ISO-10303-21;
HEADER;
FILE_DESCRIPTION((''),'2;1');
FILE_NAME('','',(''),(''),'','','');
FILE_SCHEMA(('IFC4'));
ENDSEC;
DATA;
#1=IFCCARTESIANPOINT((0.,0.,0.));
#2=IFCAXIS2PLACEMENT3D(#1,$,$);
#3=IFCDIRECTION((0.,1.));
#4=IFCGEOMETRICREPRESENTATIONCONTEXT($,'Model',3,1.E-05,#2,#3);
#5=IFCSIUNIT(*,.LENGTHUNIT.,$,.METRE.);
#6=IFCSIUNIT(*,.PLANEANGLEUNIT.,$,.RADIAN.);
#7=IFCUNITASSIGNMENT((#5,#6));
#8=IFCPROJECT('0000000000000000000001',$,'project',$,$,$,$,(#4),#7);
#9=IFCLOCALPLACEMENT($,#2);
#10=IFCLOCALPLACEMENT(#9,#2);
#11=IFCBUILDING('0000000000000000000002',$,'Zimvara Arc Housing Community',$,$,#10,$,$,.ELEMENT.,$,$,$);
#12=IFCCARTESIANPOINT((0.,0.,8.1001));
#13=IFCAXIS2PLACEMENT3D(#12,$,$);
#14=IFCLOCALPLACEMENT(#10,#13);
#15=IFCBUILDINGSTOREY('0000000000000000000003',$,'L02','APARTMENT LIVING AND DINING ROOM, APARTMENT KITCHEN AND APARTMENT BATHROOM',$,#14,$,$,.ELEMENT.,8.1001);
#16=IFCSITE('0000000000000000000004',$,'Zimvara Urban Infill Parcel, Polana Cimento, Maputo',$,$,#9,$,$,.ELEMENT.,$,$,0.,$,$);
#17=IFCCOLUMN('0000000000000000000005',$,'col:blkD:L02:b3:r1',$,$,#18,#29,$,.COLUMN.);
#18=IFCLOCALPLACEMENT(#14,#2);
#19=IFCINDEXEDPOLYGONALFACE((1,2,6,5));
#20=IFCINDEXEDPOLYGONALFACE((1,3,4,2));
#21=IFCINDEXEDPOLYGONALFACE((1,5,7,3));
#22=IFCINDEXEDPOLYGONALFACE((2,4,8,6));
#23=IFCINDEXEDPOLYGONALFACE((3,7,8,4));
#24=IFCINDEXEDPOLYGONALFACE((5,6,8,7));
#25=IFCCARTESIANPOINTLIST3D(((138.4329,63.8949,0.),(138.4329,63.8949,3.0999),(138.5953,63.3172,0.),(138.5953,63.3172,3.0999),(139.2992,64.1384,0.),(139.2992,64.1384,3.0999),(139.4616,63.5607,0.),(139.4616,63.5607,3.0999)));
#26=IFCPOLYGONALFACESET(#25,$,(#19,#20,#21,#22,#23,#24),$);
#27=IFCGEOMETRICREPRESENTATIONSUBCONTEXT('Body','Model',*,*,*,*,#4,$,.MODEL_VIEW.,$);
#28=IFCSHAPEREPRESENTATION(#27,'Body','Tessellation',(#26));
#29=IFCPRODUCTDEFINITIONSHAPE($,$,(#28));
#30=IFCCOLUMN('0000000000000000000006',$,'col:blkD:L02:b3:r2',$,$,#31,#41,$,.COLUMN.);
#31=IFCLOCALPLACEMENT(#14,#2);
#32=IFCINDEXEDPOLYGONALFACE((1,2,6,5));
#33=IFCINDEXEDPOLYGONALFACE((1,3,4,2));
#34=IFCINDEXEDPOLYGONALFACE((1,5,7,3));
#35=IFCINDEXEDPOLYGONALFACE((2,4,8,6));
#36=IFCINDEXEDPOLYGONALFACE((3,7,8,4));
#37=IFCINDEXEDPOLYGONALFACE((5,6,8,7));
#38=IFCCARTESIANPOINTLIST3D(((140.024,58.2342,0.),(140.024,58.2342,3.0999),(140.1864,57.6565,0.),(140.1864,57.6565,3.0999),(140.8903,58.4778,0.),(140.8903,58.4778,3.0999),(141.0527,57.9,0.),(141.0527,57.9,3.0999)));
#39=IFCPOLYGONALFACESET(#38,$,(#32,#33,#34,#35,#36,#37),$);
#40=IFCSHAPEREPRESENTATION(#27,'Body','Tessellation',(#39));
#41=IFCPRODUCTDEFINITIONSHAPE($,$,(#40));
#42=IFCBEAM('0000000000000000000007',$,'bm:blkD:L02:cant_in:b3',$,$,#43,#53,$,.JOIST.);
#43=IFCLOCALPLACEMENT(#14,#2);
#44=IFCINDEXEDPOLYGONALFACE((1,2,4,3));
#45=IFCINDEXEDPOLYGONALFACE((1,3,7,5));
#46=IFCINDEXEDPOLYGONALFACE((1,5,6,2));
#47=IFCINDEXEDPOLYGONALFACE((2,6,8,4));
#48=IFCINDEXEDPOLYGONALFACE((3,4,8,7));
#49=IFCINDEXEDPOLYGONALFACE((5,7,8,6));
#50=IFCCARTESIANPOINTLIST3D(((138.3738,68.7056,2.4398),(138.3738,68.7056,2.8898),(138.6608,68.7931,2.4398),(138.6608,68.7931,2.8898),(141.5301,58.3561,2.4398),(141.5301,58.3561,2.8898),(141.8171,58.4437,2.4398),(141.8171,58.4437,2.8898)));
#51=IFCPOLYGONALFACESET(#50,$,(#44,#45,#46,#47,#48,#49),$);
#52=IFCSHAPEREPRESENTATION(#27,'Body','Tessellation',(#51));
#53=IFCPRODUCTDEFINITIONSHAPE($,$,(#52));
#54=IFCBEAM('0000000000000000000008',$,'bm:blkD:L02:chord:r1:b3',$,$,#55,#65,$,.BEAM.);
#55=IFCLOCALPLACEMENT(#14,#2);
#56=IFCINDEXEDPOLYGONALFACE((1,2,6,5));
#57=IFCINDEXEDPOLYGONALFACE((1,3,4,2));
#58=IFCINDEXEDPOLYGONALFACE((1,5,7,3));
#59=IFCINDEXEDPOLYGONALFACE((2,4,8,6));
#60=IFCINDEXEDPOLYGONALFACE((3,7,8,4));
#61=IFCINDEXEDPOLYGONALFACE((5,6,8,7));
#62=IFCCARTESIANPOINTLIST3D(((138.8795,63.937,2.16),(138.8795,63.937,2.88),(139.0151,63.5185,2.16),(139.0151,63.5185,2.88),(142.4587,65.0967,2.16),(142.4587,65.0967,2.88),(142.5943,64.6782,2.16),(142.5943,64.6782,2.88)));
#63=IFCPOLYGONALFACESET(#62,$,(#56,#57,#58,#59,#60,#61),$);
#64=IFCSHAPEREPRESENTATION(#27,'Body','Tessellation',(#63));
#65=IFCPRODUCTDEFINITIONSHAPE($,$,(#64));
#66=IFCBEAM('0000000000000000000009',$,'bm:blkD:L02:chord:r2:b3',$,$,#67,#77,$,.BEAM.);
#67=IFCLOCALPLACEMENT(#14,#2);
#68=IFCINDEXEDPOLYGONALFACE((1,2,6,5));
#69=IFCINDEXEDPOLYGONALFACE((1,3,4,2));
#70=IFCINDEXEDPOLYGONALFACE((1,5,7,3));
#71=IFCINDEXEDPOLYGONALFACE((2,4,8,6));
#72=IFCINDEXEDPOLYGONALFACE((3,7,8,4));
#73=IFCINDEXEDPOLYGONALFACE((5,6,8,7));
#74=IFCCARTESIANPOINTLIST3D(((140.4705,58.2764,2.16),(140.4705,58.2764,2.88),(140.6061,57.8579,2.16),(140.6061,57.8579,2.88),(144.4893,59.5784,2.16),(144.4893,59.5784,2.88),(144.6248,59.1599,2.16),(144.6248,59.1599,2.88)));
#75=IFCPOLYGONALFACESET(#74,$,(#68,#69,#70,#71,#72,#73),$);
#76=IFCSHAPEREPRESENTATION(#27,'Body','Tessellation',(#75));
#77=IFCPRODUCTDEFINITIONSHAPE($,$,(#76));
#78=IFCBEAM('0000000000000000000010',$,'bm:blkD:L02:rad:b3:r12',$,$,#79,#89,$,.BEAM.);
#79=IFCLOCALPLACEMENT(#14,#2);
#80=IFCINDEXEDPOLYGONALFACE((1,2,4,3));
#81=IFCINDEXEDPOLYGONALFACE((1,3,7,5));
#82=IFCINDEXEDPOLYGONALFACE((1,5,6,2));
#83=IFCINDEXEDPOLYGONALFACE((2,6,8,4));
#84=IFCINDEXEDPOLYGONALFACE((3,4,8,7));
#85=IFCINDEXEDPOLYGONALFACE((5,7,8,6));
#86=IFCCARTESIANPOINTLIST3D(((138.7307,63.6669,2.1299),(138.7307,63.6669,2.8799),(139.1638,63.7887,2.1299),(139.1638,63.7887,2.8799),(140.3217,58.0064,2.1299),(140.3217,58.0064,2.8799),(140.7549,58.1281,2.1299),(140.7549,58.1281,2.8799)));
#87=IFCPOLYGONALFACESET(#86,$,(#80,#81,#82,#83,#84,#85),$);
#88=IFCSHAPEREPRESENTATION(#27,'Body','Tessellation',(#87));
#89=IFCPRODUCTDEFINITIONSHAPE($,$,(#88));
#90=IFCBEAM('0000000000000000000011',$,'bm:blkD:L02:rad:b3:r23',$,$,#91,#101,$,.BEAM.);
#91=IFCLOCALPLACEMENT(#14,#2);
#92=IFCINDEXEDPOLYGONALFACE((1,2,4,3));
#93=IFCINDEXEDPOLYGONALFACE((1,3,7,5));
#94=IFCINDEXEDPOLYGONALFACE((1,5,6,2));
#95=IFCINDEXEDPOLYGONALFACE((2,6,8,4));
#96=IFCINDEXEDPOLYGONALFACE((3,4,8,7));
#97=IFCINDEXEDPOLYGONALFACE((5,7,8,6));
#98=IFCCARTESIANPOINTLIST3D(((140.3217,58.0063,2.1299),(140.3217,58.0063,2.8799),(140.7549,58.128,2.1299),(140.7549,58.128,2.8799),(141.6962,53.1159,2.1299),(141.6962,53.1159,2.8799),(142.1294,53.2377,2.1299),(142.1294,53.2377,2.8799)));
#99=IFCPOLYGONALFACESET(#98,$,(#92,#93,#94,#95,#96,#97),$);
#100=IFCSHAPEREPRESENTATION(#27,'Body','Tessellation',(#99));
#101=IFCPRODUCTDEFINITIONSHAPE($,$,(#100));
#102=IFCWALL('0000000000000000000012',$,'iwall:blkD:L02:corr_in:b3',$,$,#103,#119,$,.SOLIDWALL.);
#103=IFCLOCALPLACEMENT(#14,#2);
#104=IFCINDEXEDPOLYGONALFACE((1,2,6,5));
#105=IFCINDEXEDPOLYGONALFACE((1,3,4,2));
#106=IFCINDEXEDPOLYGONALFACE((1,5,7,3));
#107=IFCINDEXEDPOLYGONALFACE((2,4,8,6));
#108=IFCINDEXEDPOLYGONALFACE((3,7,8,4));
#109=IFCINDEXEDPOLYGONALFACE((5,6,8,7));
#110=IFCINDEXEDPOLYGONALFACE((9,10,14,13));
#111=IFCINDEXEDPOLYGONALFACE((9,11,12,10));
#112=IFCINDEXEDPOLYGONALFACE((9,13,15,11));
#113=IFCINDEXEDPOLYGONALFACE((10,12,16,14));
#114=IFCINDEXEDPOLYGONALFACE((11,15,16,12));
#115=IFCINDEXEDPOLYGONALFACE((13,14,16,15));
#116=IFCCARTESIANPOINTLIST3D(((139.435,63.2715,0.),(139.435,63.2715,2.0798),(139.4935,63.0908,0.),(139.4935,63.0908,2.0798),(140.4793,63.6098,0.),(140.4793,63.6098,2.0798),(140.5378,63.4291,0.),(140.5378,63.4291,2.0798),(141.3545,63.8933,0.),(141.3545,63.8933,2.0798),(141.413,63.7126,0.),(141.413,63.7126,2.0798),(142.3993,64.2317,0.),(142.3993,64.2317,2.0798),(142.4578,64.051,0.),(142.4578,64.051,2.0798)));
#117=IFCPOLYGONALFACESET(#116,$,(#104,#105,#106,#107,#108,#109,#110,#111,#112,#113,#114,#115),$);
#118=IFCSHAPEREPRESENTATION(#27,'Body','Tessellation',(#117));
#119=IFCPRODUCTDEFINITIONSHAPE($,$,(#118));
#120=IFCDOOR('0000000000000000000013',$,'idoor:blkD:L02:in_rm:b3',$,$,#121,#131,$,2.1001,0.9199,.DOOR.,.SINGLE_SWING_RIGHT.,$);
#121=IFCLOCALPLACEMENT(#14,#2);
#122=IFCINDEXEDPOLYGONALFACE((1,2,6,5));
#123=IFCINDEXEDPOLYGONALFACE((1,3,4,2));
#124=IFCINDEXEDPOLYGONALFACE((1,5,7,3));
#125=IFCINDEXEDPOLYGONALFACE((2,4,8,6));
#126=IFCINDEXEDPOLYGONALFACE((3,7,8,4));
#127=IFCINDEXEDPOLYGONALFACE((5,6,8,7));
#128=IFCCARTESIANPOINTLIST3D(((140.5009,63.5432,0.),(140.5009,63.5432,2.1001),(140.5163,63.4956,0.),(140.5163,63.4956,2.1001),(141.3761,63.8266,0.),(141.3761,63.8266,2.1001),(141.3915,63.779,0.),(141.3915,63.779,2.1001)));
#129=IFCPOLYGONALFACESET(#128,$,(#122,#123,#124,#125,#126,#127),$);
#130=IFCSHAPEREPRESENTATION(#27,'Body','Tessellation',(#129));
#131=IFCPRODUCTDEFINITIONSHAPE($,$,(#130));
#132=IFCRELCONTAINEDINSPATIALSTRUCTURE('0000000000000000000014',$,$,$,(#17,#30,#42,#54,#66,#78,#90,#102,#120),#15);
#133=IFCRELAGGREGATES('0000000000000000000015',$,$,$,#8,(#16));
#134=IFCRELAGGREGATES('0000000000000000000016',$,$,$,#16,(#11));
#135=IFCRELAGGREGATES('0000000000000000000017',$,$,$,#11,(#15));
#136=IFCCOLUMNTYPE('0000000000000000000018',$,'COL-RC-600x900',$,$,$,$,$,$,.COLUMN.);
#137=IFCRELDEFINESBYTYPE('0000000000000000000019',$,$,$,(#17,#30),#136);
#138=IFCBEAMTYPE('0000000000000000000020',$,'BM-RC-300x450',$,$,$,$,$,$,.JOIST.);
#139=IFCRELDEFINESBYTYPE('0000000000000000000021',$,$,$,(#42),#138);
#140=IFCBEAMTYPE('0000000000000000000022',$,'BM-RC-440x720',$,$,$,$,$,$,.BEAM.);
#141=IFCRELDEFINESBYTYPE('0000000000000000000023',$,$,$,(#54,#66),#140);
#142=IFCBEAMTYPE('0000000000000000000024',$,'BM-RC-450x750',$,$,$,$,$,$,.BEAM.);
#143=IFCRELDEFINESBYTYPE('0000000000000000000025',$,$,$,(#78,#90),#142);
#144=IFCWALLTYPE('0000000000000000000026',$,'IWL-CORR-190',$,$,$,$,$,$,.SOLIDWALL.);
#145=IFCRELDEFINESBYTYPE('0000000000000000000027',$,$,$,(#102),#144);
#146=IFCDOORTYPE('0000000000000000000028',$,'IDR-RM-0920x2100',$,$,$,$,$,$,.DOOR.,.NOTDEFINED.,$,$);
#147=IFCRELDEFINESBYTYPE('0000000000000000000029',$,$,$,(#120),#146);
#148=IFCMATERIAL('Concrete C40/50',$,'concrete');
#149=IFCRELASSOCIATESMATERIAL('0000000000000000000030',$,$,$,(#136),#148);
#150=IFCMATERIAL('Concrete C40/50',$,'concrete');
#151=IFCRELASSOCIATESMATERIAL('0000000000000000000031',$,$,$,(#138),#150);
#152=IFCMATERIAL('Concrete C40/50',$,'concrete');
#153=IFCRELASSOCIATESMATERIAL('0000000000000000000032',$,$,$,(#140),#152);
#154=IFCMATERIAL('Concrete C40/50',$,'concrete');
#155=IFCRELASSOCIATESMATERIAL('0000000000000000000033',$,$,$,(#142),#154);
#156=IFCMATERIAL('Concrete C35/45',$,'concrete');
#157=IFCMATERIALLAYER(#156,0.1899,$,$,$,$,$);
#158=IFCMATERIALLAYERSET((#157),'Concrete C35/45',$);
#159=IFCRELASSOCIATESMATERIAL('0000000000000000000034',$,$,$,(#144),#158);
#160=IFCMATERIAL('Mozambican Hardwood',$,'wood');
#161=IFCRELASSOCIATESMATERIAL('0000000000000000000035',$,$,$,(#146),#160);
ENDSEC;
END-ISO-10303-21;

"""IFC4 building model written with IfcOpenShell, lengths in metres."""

from ifc_helpers import new_model, si_unit, direction, frame, frame_2d, origin, origin_2d, place, context, subcontext, project, spatial, rectangle, extrude, material, layer, layer_set, material_profile, profile_set, type_object, element, fill, save


model = new_model("IFC4")

# Units and contexts
model_context = context("Model", 3, precision=1e-05, world=origin(), true_north=direction((0.0, 1.0)))
body_context = subcontext(model_context, "Body", "Model", "MODEL_VIEW")
ifc_project = project(units=[si_unit("LENGTHUNIT", "METRE"), si_unit("PLANEANGLEUNIT", "RADIAN")], contexts=[model_context])

# Site, building, storey
site_placement = place(None, origin())
site = spatial("IfcSite", under=ifc_project, at=site_placement, Name="Zimvara Urban Infill Parcel, Polana Cimento, Maputo", CompositionType="ELEMENT", RefElevation=0.0)
building_placement = place(site_placement, origin())
building = spatial("IfcBuilding", under=site, at=building_placement, Name="Zimvara Arc Housing Community", CompositionType="ELEMENT")
storey_placement = place(building_placement, frame((0.0, 0.0, 8.1001)))
storey = spatial("IfcBuildingStorey", under=building, at=storey_placement, Name="L02", Description="APARTMENT LIVING AND DINING ROOM, APARTMENT KITCHEN AND APARTMENT BATHROOM", CompositionType="ELEMENT", Elevation=8.1001)

# Columns
ifc_material_1 = material(Name="Concrete C40/50", Category="concrete")
ifc_material_profile_1 = material_profile(ifc_material_1, rectangle(XDim=0.6001, YDim=0.8999, at=origin_2d()), Name="RC 600x900")
ifc_profile_set_1 = profile_set([ifc_material_profile_1], Name="Concrete C40/50")
column_type = type_object("IfcColumnType", Name="COL-RC-600x900", PredefinedType="COLUMN", material=ifc_profile_set_1)
for number, where, z_axis, x_axis, name in (
    (1, (138.9473, 63.7278, 0.0), (0.0, 0.0, 1.0), (0.2706, -0.962692, 0.0), "col:blkD:L02:b3:r1"),
    (2, (140.5383, 58.0671, 0.0), (0.0, 0.0, 1.0), (0.2706, -0.962692, 0.0), "col:blkD:L02:b3:r2"),
):
    element("IfcColumn", number, at=place(storey_placement, frame(where, z_axis=z_axis, x_axis=x_axis)), inside=storey, type_object=column_type, Name=name, PredefinedType="COLUMN", context=body_context, shape_type="SweptSolid", body=[
        extrude(rectangle(XDim=0.6001, YDim=0.8999, at=origin_2d()), origin(), (0.0, 0.0, 1.0), 3.0999),
    ])

# Beams
ifc_material_2 = material(Name="Concrete C40/50", Category="concrete")
ifc_material_profile_2 = material_profile(ifc_material_2, rectangle(XDim=0.3, YDim=0.45, at=origin_2d()), Name="RC 300x450")
ifc_profile_set_2 = profile_set([ifc_material_profile_2], Name="Concrete C40/50")
beam_type_1 = type_object("IfcBeamType", Name="BM-RC-300x450", PredefinedType="JOIST", material=ifc_profile_set_2)
beam_1_placement = place(storey_placement, frame((141.6736, 58.3999, 2.6648), z_axis=(-0.291707, 0.956508, 0.0), x_axis=(-0.956508, -0.291707, 0.0)))
element("IfcBeam", 3, at=beam_1_placement, inside=storey, type_object=beam_type_1, Name="bm:blkD:L02:cant_in:b3", PredefinedType="JOIST", context=body_context, shape_type="SweptSolid", body=[
    extrude(rectangle(XDim=0.3, YDim=0.45, at=origin_2d()), origin(), (0.0, 0.0, 1.0), 10.8201),
])
ifc_material_3 = material(Name="Concrete C40/50", Category="concrete")
ifc_material_profile_3 = material_profile(ifc_material_3, rectangle(XDim=0.4399, YDim=0.72, at=origin_2d()), Name="RC 440x720")
ifc_profile_set_3 = profile_set([ifc_material_profile_3], Name="Concrete C40/50")
beam_type_2 = type_object("IfcBeamType", Name="BM-RC-440x720", PredefinedType="BEAM", material=ifc_profile_set_3)
beam_2_placement = place(storey_placement, frame((138.9473, 63.7278, 2.52), z_axis=(0.951316, 0.308216, 0.0), x_axis=(-0.308216, 0.951316, 0.0)))
element("IfcBeam", 4, at=beam_2_placement, inside=storey, type_object=beam_type_2, Name="bm:blkD:L02:chord:r1:b3", PredefinedType="BEAM", context=body_context, shape_type="SweptSolid", body=[
    extrude(rectangle(XDim=0.4399, YDim=0.72, at=origin_2d()), origin(), (0.0, 0.0, 1.0), 3.7625),
])
beam_3_placement = place(storey_placement, frame((140.5383, 58.0671, 2.52), z_axis=(0.951319, 0.308206, 0.0), x_axis=(-0.308206, 0.951319, 0.0)))
element("IfcBeam", 5, at=beam_3_placement, inside=storey, type_object=beam_type_2, Name="bm:blkD:L02:chord:r2:b3", PredefinedType="BEAM", context=body_context, shape_type="SweptSolid", body=[
    extrude(rectangle(XDim=0.4399, YDim=0.72, at=origin_2d()), origin(), (0.0, 0.0, 1.0), 4.2244),
])
ifc_material_4 = material(Name="Concrete C40/50", Category="concrete")
ifc_material_profile_4 = material_profile(ifc_material_4, rectangle(XDim=0.45, YDim=0.75, at=origin_2d()), Name="RC 450x750")
ifc_profile_set_4 = profile_set([ifc_material_profile_4], Name="Concrete C40/50")
beam_type_3 = type_object("IfcBeamType", Name="BM-RC-450x750", PredefinedType="BEAM", material=ifc_profile_set_4)
beam_4_placement = place(storey_placement, frame((138.9473, 63.7278, 2.5049), z_axis=(0.270589, -0.962695, 0.0), x_axis=(0.962695, 0.270589, 0.0)))
element("IfcBeam", 6, at=beam_4_placement, inside=storey, type_object=beam_type_3, Name="bm:blkD:L02:rad:b3:r12", PredefinedType="BEAM", context=body_context, shape_type="SweptSolid", body=[
    extrude(rectangle(XDim=0.45, YDim=0.75, at=origin_2d()), origin(), (0.0, 0.0, 1.0), 5.8799),
])
beam_5_placement = place(storey_placement, frame((140.5383, 58.0671, 2.5049), z_axis=(0.27058, -0.962698, 0.0), x_axis=(0.962698, 0.27058, 0.0)))
element("IfcBeam", 7, at=beam_5_placement, inside=storey, type_object=beam_type_3, Name="bm:blkD:L02:rad:b3:r23", PredefinedType="BEAM", context=body_context, shape_type="SweptSolid", body=[
    extrude(rectangle(XDim=0.45, YDim=0.75, at=origin_2d()), origin(), (0.0, 0.0, 1.0), 5.0798),
])

# Wall, opening, door
ifc_material_5 = material(Name="Concrete C35/45", Category="concrete")
ifc_layer_1 = layer(ifc_material_5, 0.1899)
ifc_layer_set_1 = layer_set([ifc_layer_1], Name="Concrete C35/45")
wall_type_1 = type_object("IfcWallType", Name="IWL-CORR-190", PredefinedType="SOLIDWALL", material=ifc_layer_set_1)
wall_1_placement = place(storey_placement, frame((139.4641, 63.1812, 0.0), z_axis=(0.0, 0.0, 1.0), x_axis=(0.951336, 0.308154, 0.0)))
wall_1 = element("IfcWall", 8, at=wall_1_placement, inside=storey, type_object=wall_type_1, Name="iwall:blkD:L02:corr_in:b3", PredefinedType="SOLIDWALL", context=body_context, shape_type="SweptSolid", body=[
    extrude(rectangle(XDim=3.116, YDim=0.1899, at=frame_2d((1.5581, 0.0))), origin(), (0.0, 0.0, 1.0), 2.0798),
])
opening_1_placement = place(wall_1_placement, frame((1.0979, 0.0, 0.0)))
opening_1 = element("IfcOpeningElement", 9, at=opening_1_placement, cuts=wall_1, PredefinedType="OPENING", context=body_context, shape_type="SweptSolid", body=[
    extrude(rectangle(XDim=0.9199, YDim=2.1001, at=frame_2d((0.46, 1.05))), frame((0.0, 0.105, 0.0), z_axis=(0.0, -1.0, 0.0), x_axis=(1.0, 0.0, 0.0)), (0.0, 0.0, 1.0), 0.21),
])
ifc_material_6 = material(Name="Mozambican Hardwood", Category="wood")
door_type_1 = type_object("IfcDoorType", Name="IDR-RM-0920x2100", OperationType="NOTDEFINED", PredefinedType="DOOR", material=ifc_material_6)
door_1_placement = place(opening_1_placement, origin())
door_1 = element("IfcDoor", 10, at=door_1_placement, inside=storey, type_object=door_type_1, Name="idoor:blkD:L02:in_rm:b3", OperationType="SINGLE_SWING_RIGHT", OverallHeight=2.1001, OverallWidth=0.9199, PredefinedType="DOOR", context=body_context, shape_type="SweptSolid", body=[
    extrude(rectangle(XDim=0.9199, YDim=2.1001, at=frame_2d((0.46, 1.05))), frame((0.0, 0.0249, 0.0), z_axis=(0.0, -1.0, 0.0), x_axis=(1.0, 0.0, 0.0)), (0.0, 0.0, 1.0), 0.05),
])
fill(opening_1, door_1)

save(model, "model.ifc")
